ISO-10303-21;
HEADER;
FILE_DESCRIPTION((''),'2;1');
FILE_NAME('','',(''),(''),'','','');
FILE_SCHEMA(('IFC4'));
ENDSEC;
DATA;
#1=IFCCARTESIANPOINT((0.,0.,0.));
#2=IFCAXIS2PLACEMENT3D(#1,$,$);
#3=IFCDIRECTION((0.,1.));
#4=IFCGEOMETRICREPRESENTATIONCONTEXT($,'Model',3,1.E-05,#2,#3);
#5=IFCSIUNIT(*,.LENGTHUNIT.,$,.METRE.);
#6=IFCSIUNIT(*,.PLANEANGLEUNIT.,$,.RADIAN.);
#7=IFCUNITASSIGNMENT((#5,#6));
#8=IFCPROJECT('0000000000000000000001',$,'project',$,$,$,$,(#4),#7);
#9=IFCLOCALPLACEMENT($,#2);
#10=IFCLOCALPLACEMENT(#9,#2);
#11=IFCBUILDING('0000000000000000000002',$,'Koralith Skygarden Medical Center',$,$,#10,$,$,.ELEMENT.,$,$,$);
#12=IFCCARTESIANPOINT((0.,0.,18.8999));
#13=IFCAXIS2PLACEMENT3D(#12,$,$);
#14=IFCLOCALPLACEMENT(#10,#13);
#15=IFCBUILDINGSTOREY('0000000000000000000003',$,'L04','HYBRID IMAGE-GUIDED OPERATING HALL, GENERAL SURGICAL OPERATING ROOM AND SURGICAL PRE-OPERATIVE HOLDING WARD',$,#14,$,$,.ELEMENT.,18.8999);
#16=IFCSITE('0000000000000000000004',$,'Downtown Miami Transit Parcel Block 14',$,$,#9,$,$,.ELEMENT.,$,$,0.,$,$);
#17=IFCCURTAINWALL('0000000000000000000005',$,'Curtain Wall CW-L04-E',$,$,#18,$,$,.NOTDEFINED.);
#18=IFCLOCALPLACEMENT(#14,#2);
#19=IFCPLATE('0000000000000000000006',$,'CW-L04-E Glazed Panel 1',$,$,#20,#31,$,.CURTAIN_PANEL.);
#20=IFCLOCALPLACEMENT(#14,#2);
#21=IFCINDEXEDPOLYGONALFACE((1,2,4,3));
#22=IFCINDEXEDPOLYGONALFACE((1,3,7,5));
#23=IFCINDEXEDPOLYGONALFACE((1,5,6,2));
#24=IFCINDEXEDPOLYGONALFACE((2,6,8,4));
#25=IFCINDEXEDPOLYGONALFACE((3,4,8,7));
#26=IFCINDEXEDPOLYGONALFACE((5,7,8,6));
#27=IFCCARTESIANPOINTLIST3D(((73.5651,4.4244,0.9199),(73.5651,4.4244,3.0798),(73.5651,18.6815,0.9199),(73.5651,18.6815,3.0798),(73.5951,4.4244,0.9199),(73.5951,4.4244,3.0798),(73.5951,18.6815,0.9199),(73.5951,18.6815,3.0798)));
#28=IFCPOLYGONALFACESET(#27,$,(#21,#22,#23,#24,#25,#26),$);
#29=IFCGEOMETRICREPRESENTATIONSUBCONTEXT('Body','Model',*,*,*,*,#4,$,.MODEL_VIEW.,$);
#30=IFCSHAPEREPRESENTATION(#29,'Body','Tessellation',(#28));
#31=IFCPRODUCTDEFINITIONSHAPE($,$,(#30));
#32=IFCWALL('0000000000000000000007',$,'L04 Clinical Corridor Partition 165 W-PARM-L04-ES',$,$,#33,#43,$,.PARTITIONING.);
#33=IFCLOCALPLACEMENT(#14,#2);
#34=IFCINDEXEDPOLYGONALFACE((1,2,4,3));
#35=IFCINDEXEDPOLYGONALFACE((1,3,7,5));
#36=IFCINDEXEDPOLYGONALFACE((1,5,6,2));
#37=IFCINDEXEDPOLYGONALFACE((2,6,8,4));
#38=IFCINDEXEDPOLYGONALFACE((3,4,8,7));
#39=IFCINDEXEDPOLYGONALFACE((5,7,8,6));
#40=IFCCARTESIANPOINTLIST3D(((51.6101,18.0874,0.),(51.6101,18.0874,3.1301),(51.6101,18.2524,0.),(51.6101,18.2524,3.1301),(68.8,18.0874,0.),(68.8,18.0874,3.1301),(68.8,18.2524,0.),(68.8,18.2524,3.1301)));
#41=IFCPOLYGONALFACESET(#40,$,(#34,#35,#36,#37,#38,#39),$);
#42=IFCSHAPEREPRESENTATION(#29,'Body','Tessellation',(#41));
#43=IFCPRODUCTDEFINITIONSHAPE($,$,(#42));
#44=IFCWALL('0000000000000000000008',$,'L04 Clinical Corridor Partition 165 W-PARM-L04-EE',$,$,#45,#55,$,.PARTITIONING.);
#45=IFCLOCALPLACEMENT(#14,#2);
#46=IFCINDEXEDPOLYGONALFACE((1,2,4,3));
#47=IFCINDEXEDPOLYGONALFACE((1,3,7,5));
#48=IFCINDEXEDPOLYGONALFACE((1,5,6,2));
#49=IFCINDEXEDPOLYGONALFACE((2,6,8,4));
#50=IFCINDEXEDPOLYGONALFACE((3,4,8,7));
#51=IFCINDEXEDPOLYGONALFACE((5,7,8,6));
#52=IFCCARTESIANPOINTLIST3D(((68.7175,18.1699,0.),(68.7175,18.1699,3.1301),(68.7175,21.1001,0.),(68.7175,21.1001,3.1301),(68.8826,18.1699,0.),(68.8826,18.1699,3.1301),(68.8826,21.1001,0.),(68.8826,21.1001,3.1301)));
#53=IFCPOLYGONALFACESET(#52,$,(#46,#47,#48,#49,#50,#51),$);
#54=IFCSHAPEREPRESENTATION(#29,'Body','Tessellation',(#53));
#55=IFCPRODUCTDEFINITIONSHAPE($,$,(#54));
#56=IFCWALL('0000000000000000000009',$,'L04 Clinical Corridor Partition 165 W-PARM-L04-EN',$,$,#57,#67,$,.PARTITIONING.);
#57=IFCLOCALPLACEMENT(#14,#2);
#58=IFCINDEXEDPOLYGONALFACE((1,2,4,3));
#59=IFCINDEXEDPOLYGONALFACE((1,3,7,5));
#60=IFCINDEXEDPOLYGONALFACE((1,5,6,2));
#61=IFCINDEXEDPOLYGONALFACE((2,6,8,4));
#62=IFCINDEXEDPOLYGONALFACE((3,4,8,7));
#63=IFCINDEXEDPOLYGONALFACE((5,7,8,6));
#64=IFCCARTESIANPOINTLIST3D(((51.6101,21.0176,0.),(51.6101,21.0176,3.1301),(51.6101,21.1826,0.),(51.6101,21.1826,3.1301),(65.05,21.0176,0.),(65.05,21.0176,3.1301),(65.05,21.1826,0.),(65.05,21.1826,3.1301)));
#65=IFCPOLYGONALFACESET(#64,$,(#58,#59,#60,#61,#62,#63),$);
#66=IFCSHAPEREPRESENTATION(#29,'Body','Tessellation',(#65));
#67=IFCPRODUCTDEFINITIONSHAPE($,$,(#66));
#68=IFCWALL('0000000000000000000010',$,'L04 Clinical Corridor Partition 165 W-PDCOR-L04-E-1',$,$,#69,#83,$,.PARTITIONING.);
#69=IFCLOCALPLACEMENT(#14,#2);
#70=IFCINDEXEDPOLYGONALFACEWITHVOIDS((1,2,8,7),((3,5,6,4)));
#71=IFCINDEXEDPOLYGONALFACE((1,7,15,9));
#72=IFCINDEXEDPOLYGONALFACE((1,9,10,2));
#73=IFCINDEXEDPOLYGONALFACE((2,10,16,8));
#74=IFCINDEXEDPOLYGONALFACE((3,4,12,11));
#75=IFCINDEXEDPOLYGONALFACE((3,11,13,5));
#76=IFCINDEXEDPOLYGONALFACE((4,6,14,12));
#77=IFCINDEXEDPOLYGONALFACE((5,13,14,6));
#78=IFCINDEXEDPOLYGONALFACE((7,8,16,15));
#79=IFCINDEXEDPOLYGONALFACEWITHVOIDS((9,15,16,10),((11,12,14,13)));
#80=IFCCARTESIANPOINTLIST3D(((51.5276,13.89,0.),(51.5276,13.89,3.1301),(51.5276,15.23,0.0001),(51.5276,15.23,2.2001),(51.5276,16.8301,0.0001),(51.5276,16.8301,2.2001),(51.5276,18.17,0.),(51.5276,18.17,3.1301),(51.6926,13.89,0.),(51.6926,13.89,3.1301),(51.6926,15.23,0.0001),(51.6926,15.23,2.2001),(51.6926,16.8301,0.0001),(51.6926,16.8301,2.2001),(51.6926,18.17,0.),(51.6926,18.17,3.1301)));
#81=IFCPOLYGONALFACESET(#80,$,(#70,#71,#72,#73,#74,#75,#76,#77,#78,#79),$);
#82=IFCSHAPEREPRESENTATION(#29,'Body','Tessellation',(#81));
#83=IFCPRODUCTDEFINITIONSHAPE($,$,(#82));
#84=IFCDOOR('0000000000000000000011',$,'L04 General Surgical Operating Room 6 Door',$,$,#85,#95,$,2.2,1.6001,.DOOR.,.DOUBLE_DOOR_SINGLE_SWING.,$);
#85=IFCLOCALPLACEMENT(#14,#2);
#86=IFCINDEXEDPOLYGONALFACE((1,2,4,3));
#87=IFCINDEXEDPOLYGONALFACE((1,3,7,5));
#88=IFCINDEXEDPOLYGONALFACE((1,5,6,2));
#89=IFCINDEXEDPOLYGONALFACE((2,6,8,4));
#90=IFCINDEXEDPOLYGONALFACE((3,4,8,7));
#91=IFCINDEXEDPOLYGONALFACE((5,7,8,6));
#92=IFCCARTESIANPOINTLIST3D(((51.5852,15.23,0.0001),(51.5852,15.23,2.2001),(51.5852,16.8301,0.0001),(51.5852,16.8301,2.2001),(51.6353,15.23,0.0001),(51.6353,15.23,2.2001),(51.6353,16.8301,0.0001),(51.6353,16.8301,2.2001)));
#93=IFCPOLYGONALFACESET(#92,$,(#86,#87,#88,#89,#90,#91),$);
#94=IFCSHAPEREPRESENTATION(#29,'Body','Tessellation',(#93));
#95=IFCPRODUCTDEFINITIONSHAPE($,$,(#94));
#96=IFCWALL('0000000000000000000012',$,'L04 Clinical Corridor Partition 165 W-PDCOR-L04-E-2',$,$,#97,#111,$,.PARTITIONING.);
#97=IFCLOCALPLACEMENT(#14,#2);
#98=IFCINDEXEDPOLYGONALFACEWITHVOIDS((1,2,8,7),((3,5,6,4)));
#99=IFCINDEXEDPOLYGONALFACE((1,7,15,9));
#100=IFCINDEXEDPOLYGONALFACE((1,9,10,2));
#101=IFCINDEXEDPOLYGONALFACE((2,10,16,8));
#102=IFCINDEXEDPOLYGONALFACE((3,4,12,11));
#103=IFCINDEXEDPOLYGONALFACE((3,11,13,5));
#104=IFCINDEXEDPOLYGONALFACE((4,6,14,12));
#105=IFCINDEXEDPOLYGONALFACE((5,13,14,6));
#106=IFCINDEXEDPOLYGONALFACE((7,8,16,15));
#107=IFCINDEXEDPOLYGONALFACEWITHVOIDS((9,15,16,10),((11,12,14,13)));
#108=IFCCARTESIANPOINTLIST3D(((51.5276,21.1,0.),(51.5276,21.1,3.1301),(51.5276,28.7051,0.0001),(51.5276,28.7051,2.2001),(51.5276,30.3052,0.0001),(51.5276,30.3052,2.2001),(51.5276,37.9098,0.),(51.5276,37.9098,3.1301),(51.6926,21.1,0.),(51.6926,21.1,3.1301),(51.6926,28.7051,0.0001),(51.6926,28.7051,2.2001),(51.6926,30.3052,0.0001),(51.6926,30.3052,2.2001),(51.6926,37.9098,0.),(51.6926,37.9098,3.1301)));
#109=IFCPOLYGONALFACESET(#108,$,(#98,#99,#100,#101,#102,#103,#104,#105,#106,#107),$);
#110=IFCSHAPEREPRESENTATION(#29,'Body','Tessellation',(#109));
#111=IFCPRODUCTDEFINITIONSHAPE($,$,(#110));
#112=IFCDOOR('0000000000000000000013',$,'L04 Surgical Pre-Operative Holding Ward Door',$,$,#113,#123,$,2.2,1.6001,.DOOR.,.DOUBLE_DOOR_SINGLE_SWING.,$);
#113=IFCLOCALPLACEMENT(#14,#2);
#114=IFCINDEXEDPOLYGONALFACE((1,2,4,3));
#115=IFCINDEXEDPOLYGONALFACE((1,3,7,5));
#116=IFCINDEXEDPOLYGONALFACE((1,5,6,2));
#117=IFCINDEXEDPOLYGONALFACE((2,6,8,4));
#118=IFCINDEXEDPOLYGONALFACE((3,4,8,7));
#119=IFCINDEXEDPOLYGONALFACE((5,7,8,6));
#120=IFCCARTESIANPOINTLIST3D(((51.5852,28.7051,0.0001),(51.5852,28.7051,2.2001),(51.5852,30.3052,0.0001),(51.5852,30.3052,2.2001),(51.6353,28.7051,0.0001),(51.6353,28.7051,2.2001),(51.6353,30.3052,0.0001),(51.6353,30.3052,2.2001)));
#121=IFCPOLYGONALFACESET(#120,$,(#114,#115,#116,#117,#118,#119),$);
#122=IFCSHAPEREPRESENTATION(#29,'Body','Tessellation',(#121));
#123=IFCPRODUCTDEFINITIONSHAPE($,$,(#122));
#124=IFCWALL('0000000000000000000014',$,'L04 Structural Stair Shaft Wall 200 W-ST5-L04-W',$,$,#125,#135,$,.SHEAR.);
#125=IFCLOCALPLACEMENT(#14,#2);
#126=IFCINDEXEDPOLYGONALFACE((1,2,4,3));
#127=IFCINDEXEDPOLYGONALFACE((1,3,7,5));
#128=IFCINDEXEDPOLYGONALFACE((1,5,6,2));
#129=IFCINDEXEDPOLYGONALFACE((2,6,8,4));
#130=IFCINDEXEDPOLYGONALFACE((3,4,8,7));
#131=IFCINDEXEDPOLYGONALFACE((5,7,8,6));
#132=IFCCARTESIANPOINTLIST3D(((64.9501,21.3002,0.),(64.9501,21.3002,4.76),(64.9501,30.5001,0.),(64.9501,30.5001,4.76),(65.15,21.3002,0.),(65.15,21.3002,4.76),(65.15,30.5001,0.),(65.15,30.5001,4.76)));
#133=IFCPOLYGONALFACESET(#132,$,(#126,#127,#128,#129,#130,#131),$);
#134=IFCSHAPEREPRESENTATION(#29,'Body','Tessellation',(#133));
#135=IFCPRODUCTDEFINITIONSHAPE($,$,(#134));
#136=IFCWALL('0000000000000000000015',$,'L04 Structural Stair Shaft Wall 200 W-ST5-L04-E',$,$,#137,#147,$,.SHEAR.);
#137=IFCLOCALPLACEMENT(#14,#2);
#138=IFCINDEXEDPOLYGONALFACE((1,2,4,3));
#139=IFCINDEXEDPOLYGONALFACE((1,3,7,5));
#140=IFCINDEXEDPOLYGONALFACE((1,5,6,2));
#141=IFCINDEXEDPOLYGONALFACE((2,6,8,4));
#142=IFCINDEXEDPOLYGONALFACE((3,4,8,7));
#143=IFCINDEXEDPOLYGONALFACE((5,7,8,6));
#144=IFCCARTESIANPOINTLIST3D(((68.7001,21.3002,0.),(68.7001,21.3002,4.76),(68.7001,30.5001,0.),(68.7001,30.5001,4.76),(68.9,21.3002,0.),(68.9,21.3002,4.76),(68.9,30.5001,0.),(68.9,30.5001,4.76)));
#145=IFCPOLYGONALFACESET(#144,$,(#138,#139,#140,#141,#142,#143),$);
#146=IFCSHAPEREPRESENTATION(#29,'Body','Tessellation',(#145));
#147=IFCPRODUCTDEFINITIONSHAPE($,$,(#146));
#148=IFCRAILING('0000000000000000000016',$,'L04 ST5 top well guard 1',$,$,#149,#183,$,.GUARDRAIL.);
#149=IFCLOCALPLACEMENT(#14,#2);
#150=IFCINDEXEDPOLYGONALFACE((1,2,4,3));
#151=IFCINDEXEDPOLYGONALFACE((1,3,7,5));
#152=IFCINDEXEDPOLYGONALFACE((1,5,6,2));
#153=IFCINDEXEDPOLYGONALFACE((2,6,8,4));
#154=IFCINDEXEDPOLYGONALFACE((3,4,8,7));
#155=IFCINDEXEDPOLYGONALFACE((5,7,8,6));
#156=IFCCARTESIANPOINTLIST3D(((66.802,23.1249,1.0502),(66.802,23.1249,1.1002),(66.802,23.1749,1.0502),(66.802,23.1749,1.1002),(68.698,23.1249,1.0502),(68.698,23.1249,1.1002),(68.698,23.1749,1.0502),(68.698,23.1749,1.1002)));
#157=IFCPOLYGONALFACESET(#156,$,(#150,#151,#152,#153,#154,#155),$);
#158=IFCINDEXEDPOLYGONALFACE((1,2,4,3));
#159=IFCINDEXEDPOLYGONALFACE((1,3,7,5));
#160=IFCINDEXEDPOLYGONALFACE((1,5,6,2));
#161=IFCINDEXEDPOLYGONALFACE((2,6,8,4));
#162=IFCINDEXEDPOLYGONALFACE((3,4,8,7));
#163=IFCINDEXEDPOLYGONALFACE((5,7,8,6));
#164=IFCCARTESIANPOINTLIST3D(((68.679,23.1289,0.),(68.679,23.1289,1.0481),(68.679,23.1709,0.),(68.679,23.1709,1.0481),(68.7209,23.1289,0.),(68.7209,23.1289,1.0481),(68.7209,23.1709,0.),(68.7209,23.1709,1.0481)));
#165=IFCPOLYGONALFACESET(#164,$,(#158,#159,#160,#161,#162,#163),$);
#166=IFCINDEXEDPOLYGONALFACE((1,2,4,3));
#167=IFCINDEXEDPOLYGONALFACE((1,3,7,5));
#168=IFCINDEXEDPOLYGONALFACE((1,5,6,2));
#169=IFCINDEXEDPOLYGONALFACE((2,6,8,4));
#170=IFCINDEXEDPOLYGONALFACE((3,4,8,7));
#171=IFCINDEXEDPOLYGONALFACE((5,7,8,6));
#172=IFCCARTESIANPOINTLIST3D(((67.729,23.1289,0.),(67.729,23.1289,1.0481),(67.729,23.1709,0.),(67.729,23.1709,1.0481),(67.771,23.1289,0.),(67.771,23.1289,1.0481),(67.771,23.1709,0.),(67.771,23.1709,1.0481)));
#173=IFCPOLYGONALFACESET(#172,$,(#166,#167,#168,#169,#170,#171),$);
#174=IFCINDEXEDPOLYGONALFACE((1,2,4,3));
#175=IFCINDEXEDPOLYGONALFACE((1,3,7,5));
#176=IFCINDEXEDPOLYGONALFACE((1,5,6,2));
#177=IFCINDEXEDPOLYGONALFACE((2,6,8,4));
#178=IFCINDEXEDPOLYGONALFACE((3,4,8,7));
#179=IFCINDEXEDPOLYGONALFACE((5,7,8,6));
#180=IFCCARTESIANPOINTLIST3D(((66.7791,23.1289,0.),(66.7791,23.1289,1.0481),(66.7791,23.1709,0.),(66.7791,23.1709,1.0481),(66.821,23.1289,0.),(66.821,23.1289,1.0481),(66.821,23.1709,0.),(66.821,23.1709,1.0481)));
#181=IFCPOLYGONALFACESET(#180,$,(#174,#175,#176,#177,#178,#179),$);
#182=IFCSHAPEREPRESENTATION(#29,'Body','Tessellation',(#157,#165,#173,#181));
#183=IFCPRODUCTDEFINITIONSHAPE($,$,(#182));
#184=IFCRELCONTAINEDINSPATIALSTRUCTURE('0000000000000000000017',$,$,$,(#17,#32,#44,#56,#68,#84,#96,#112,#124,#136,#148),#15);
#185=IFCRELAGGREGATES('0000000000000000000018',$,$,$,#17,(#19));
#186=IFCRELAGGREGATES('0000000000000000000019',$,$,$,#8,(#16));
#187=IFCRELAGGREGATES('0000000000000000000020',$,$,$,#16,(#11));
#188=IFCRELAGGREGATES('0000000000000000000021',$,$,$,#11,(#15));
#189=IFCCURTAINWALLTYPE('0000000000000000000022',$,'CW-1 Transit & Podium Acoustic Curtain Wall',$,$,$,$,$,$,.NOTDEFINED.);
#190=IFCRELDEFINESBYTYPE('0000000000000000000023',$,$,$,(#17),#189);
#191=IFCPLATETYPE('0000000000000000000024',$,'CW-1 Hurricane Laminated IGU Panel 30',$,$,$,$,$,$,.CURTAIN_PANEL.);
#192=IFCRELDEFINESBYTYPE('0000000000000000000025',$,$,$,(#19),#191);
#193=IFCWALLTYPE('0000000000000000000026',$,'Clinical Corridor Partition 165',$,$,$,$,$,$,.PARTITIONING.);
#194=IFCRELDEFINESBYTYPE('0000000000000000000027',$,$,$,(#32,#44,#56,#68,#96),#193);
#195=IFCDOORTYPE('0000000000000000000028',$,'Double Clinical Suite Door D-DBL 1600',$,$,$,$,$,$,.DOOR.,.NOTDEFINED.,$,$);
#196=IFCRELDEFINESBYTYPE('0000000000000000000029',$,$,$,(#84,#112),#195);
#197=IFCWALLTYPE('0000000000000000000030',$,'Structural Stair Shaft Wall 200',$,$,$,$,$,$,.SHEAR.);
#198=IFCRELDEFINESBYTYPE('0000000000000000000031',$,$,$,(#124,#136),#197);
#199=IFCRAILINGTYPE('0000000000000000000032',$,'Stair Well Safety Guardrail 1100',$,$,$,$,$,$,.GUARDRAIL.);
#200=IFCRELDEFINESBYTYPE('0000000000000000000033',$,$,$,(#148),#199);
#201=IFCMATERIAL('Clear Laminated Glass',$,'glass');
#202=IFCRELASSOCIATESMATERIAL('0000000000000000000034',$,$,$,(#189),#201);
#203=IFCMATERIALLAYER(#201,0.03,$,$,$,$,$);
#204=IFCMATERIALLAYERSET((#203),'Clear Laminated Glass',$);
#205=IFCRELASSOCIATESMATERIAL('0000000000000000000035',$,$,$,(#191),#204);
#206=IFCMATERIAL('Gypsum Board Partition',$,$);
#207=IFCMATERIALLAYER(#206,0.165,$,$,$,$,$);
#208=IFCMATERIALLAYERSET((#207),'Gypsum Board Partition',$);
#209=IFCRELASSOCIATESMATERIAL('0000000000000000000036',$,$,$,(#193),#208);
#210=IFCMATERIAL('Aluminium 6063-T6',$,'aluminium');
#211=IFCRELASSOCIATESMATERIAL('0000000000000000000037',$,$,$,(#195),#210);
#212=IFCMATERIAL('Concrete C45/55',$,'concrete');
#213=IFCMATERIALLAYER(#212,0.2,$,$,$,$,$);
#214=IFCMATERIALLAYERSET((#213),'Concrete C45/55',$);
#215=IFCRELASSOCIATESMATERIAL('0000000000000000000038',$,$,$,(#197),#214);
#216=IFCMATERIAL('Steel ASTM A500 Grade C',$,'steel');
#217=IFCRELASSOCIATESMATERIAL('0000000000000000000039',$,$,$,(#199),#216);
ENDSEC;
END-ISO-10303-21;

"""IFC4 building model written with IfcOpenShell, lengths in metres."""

from ifc_helpers import new_model, si_unit, direction, frame, frame_2d, origin, origin_2d, place, context, subcontext, project, spatial, rectangle, extrude, material, layer, layer_set, type_object, element, fill, aggregate, save


model = new_model("IFC4")

# Units and contexts
model_context = context("Model", 3, precision=1e-05, world=origin(), true_north=direction((0.0, 1.0)))
body_context = subcontext(model_context, "Body", "Model", "MODEL_VIEW")
ifc_project = project(units=[si_unit("LENGTHUNIT", "METRE"), si_unit("PLANEANGLEUNIT", "RADIAN")], contexts=[model_context])

# Site, building, storey
site_placement = place(None, origin())
site = spatial("IfcSite", under=ifc_project, at=site_placement, Name="Downtown Miami Transit Parcel Block 14", CompositionType="ELEMENT", RefElevation=0.0)
building_placement = place(site_placement, origin())
building = spatial("IfcBuilding", under=site, at=building_placement, Name="Koralith Skygarden Medical Center", CompositionType="ELEMENT")
storey_placement = place(building_placement, frame((0.0, 0.0, 18.8999)))
storey = spatial("IfcBuildingStorey", under=building, at=storey_placement, Name="L04", Description="HYBRID IMAGE-GUIDED OPERATING HALL, GENERAL SURGICAL OPERATING ROOM AND SURGICAL PRE-OPERATIVE HOLDING WARD", CompositionType="ELEMENT", Elevation=18.8999)

# Curtain wall
ifc_material_1 = material(Name="Clear Laminated Glass", Category="glass")
curtain_wall_type = type_object("IfcCurtainWallType", Name="CW-1 Transit & Podium Acoustic Curtain Wall", PredefinedType="NOTDEFINED", material=ifc_material_1)
curtain_wall_placement = place(storey_placement, origin())
curtain_wall = element("IfcCurtainWall", 1, at=curtain_wall_placement, inside=storey, type_object=curtain_wall_type, Name="Curtain Wall CW-L04-E", PredefinedType="NOTDEFINED")
ifc_material_2 = material(Name="Aluminium 6063-T6", Category="aluminium")

# Plate
ifc_layer_1 = layer(ifc_material_1, 0.03)
ifc_layer_set_1 = layer_set([ifc_layer_1], Name="Clear Laminated Glass")
plate_type = type_object("IfcPlateType", Name="CW-1 Hurricane Laminated IGU Panel 30", PredefinedType="CURTAIN_PANEL", material=ifc_layer_set_1)
plate_placement = place(storey_placement, frame((73.5801, 11.553, 0.9199), z_axis=(0.0, 0.0, 1.0), x_axis=(0.0, 1.0, 0.0)))
plate = element("IfcPlate", 2, at=plate_placement, type_object=plate_type, Name="CW-L04-E Glazed Panel 1", PredefinedType="CURTAIN_PANEL", context=body_context, shape_type="SweptSolid", body=[
    extrude(rectangle(XDim=14.2571, YDim=0.03, at=origin_2d()), origin(), (0.0, 0.0, 1.0), 2.1599),
])
aggregate(curtain_wall, [plate])

# Walls
ifc_material_3 = material(Name="Gypsum Board Partition")
ifc_layer_2 = layer(ifc_material_3, 0.165)
ifc_layer_set_2 = layer_set([ifc_layer_2], Name="Gypsum Board Partition")
wall_type_1 = type_object("IfcWallType", Name="Clinical Corridor Partition 165", PredefinedType="PARTITIONING", material=ifc_layer_set_2)
wall_1_placement = place(storey_placement, frame((51.6101, 18.1699, 0.0), z_axis=(0.0, 0.0, 1.0), x_axis=(1.0, 0.0, 0.0)))
element("IfcWall", 3, at=wall_1_placement, inside=storey, type_object=wall_type_1, Name="L04 Clinical Corridor Partition 165 W-PARM-L04-ES", PredefinedType="PARTITIONING", context=body_context, shape_type="SweptSolid", body=[
    extrude(rectangle(XDim=17.1899, YDim=0.165, at=frame_2d((8.595, 0.0))), origin(), (0.0, 0.0, 1.0), 3.1301),
])
wall_2_placement = place(storey_placement, frame((68.8, 18.1699, 0.0), z_axis=(0.0, 0.0, 1.0), x_axis=(0.0, 1.0, 0.0)))
element("IfcWall", 4, at=wall_2_placement, inside=storey, type_object=wall_type_1, Name="L04 Clinical Corridor Partition 165 W-PARM-L04-EE", PredefinedType="PARTITIONING", context=body_context, shape_type="SweptSolid", body=[
    extrude(rectangle(XDim=2.9302, YDim=0.165, at=frame_2d((1.4651, 0.0))), origin(), (0.0, 0.0, 1.0), 3.1301),
])
wall_3_placement = place(storey_placement, frame((51.6101, 21.1001, 0.0), z_axis=(0.0, 0.0, 1.0), x_axis=(1.0, 0.0, 0.0)))
element("IfcWall", 5, at=wall_3_placement, inside=storey, type_object=wall_type_1, Name="L04 Clinical Corridor Partition 165 W-PARM-L04-EN", PredefinedType="PARTITIONING", context=body_context, shape_type="SweptSolid", body=[
    extrude(rectangle(XDim=13.4399, YDim=0.165, at=frame_2d((6.72, 0.0))), origin(), (0.0, 0.0, 1.0), 3.1301),
])

# Walls, openings, doors
wall_4_placement = place(storey_placement, frame((51.6101, 13.8899, 0.0), z_axis=(0.0, 0.0, 1.0), x_axis=(0.0, 1.0, 0.0)))
wall_4 = element("IfcWall", 6, at=wall_4_placement, inside=storey, type_object=wall_type_1, Name="L04 Clinical Corridor Partition 165 W-PDCOR-L04-E-1", PredefinedType="PARTITIONING", context=body_context, shape_type="SweptSolid", body=[
    extrude(rectangle(XDim=4.28, YDim=0.165, at=frame_2d((2.1401, 0.0))), origin(), (0.0, 0.0, 1.0), 3.1301),
])
opening_1_placement = place(wall_4_placement, frame((1.3401, 0.0, 0.0)))
opening_1 = element("IfcOpeningElement", 7, at=opening_1_placement, cuts=wall_4, PredefinedType="OPENING", context=body_context, shape_type="SweptSolid", body=[
    extrude(rectangle(XDim=1.6001, YDim=2.2, at=frame_2d((0.8, 1.1001))), frame((0.0, 0.0925, 0.0), z_axis=(0.0, -1.0, 0.0), x_axis=(1.0, 0.0, 0.0)), (0.0, 0.0, 1.0), 0.1851),
])
door_type_1 = type_object("IfcDoorType", Name="Double Clinical Suite Door D-DBL 1600", OperationType="NOTDEFINED", PredefinedType="DOOR", material=ifc_material_2)
door_1_placement = place(opening_1_placement, origin())
door_1 = element("IfcDoor", 8, at=door_1_placement, inside=storey, type_object=door_type_1, Name="L04 General Surgical Operating Room 6 Door", OperationType="DOUBLE_DOOR_SINGLE_SWING", OverallHeight=2.2, OverallWidth=1.6001, PredefinedType="DOOR", context=body_context, shape_type="SweptSolid", body=[
    extrude(rectangle(XDim=1.6001, YDim=2.2, at=frame_2d((0.8, 1.1001))), frame((0.0, 0.0249, 0.0), z_axis=(0.0, -1.0, 0.0), x_axis=(1.0, 0.0, 0.0)), (0.0, 0.0, 1.0), 0.05),
])
fill(opening_1, door_1)
wall_5_placement = place(storey_placement, frame((51.6101, 21.1001, 0.0), z_axis=(0.0, 0.0, 1.0), x_axis=(0.0, 1.0, 0.0)))
wall_5 = element("IfcWall", 9, at=wall_5_placement, inside=storey, type_object=wall_type_1, Name="L04 Clinical Corridor Partition 165 W-PDCOR-L04-E-2", PredefinedType="PARTITIONING", context=body_context, shape_type="SweptSolid", body=[
    extrude(rectangle(XDim=16.8098, YDim=0.165, at=frame_2d((8.4048, 0.0))), origin(), (0.0, 0.0, 1.0), 3.1301),
])
opening_2_placement = place(wall_5_placement, frame((7.605, 0.0, 0.0)))
opening_2 = element("IfcOpeningElement", 10, at=opening_2_placement, cuts=wall_5, PredefinedType="OPENING", context=body_context, shape_type="SweptSolid", body=[
    extrude(rectangle(XDim=1.6001, YDim=2.2, at=frame_2d((0.8, 1.1001))), frame((0.0, 0.0925, 0.0), z_axis=(0.0, -1.0, 0.0), x_axis=(1.0, 0.0, 0.0)), (0.0, 0.0, 1.0), 0.1851),
])
door_2_placement = place(opening_2_placement, origin())
door_2 = element("IfcDoor", 11, at=door_2_placement, inside=storey, type_object=door_type_1, Name="L04 Surgical Pre-Operative Holding Ward Door", OperationType="DOUBLE_DOOR_SINGLE_SWING", OverallHeight=2.2, OverallWidth=1.6001, PredefinedType="DOOR", context=body_context, shape_type="SweptSolid", body=[
    extrude(rectangle(XDim=1.6001, YDim=2.2, at=frame_2d((0.8, 1.1001))), frame((0.0, 0.0249, 0.0), z_axis=(0.0, -1.0, 0.0), x_axis=(1.0, 0.0, 0.0)), (0.0, 0.0, 1.0), 0.05),
])
fill(opening_2, door_2)
ifc_material_4 = material(Name="Concrete C45/55", Category="concrete")
ifc_layer_3 = layer(ifc_material_4, 0.2)
ifc_layer_set_3 = layer_set([ifc_layer_3], Name="Concrete C45/55")
wall_type_2 = type_object("IfcWallType", Name="Structural Stair Shaft Wall 200", PredefinedType="SHEAR", material=ifc_layer_set_3)
ifc_material_5 = material(Name="Steel ASTM A500 Grade C", Category="steel")

# Walls
for number, where, z_axis, x_axis, name in (
    (12, (65.05, 21.3, 0.0), (0.0, 0.0, 1.0), (0.0, 1.0, 0.0), "L04 Structural Stair Shaft Wall 200 W-ST5-L04-W"),
    (13, (68.8, 21.3, 0.0), (0.0, 0.0, 1.0), (0.0, 1.0, 0.0), "L04 Structural Stair Shaft Wall 200 W-ST5-L04-E"),
):
    element("IfcWall", number, at=place(storey_placement, frame(where, z_axis=z_axis, x_axis=x_axis)), inside=storey, type_object=wall_type_2, Name=name, PredefinedType="SHEAR", context=body_context, shape_type="SweptSolid", body=[
        extrude(rectangle(XDim=9.2, YDim=0.2, at=frame_2d((4.6001, 0.0))), origin(), (0.0, 0.0, 1.0), 4.76),
    ])

# Railing
railing_type = type_object("IfcRailingType", Name="Stair Well Safety Guardrail 1100", PredefinedType="GUARDRAIL", material=ifc_material_5)
railing_placement = place(storey_placement, frame((68.7, 23.1499, 0.0)))
element("IfcRailing", 14, at=railing_placement, inside=storey, type_object=railing_type, Name="L04 ST5 top well guard 1", PredefinedType="GUARDRAIL", context=body_context, shape_type="SweptSolid", body=[
    extrude(rectangle(XDim=0.05, YDim=0.05, at=origin_2d()), frame((-0.002, 0.0, 1.0752), z_axis=(-1.0, 0.0, 0.0), x_axis=(0.0, -1.0, 0.0)), (0.0, 0.0, 1.0), 1.896),
    extrude(rectangle(XDim=0.042, YDim=0.042, at=origin_2d()), origin(), (0.0, 0.0, 1.0), 1.0481),
    extrude(rectangle(XDim=0.042, YDim=0.042, at=origin_2d()), frame((-0.95, 0.0, 0.0)), (0.0, 0.0, 1.0), 1.0481),
    extrude(rectangle(XDim=0.042, YDim=0.042, at=origin_2d()), frame((-1.8999, 0.0, 0.0)), (0.0, 0.0, 1.0), 1.0481),
])

save(model, "model.ifc")
